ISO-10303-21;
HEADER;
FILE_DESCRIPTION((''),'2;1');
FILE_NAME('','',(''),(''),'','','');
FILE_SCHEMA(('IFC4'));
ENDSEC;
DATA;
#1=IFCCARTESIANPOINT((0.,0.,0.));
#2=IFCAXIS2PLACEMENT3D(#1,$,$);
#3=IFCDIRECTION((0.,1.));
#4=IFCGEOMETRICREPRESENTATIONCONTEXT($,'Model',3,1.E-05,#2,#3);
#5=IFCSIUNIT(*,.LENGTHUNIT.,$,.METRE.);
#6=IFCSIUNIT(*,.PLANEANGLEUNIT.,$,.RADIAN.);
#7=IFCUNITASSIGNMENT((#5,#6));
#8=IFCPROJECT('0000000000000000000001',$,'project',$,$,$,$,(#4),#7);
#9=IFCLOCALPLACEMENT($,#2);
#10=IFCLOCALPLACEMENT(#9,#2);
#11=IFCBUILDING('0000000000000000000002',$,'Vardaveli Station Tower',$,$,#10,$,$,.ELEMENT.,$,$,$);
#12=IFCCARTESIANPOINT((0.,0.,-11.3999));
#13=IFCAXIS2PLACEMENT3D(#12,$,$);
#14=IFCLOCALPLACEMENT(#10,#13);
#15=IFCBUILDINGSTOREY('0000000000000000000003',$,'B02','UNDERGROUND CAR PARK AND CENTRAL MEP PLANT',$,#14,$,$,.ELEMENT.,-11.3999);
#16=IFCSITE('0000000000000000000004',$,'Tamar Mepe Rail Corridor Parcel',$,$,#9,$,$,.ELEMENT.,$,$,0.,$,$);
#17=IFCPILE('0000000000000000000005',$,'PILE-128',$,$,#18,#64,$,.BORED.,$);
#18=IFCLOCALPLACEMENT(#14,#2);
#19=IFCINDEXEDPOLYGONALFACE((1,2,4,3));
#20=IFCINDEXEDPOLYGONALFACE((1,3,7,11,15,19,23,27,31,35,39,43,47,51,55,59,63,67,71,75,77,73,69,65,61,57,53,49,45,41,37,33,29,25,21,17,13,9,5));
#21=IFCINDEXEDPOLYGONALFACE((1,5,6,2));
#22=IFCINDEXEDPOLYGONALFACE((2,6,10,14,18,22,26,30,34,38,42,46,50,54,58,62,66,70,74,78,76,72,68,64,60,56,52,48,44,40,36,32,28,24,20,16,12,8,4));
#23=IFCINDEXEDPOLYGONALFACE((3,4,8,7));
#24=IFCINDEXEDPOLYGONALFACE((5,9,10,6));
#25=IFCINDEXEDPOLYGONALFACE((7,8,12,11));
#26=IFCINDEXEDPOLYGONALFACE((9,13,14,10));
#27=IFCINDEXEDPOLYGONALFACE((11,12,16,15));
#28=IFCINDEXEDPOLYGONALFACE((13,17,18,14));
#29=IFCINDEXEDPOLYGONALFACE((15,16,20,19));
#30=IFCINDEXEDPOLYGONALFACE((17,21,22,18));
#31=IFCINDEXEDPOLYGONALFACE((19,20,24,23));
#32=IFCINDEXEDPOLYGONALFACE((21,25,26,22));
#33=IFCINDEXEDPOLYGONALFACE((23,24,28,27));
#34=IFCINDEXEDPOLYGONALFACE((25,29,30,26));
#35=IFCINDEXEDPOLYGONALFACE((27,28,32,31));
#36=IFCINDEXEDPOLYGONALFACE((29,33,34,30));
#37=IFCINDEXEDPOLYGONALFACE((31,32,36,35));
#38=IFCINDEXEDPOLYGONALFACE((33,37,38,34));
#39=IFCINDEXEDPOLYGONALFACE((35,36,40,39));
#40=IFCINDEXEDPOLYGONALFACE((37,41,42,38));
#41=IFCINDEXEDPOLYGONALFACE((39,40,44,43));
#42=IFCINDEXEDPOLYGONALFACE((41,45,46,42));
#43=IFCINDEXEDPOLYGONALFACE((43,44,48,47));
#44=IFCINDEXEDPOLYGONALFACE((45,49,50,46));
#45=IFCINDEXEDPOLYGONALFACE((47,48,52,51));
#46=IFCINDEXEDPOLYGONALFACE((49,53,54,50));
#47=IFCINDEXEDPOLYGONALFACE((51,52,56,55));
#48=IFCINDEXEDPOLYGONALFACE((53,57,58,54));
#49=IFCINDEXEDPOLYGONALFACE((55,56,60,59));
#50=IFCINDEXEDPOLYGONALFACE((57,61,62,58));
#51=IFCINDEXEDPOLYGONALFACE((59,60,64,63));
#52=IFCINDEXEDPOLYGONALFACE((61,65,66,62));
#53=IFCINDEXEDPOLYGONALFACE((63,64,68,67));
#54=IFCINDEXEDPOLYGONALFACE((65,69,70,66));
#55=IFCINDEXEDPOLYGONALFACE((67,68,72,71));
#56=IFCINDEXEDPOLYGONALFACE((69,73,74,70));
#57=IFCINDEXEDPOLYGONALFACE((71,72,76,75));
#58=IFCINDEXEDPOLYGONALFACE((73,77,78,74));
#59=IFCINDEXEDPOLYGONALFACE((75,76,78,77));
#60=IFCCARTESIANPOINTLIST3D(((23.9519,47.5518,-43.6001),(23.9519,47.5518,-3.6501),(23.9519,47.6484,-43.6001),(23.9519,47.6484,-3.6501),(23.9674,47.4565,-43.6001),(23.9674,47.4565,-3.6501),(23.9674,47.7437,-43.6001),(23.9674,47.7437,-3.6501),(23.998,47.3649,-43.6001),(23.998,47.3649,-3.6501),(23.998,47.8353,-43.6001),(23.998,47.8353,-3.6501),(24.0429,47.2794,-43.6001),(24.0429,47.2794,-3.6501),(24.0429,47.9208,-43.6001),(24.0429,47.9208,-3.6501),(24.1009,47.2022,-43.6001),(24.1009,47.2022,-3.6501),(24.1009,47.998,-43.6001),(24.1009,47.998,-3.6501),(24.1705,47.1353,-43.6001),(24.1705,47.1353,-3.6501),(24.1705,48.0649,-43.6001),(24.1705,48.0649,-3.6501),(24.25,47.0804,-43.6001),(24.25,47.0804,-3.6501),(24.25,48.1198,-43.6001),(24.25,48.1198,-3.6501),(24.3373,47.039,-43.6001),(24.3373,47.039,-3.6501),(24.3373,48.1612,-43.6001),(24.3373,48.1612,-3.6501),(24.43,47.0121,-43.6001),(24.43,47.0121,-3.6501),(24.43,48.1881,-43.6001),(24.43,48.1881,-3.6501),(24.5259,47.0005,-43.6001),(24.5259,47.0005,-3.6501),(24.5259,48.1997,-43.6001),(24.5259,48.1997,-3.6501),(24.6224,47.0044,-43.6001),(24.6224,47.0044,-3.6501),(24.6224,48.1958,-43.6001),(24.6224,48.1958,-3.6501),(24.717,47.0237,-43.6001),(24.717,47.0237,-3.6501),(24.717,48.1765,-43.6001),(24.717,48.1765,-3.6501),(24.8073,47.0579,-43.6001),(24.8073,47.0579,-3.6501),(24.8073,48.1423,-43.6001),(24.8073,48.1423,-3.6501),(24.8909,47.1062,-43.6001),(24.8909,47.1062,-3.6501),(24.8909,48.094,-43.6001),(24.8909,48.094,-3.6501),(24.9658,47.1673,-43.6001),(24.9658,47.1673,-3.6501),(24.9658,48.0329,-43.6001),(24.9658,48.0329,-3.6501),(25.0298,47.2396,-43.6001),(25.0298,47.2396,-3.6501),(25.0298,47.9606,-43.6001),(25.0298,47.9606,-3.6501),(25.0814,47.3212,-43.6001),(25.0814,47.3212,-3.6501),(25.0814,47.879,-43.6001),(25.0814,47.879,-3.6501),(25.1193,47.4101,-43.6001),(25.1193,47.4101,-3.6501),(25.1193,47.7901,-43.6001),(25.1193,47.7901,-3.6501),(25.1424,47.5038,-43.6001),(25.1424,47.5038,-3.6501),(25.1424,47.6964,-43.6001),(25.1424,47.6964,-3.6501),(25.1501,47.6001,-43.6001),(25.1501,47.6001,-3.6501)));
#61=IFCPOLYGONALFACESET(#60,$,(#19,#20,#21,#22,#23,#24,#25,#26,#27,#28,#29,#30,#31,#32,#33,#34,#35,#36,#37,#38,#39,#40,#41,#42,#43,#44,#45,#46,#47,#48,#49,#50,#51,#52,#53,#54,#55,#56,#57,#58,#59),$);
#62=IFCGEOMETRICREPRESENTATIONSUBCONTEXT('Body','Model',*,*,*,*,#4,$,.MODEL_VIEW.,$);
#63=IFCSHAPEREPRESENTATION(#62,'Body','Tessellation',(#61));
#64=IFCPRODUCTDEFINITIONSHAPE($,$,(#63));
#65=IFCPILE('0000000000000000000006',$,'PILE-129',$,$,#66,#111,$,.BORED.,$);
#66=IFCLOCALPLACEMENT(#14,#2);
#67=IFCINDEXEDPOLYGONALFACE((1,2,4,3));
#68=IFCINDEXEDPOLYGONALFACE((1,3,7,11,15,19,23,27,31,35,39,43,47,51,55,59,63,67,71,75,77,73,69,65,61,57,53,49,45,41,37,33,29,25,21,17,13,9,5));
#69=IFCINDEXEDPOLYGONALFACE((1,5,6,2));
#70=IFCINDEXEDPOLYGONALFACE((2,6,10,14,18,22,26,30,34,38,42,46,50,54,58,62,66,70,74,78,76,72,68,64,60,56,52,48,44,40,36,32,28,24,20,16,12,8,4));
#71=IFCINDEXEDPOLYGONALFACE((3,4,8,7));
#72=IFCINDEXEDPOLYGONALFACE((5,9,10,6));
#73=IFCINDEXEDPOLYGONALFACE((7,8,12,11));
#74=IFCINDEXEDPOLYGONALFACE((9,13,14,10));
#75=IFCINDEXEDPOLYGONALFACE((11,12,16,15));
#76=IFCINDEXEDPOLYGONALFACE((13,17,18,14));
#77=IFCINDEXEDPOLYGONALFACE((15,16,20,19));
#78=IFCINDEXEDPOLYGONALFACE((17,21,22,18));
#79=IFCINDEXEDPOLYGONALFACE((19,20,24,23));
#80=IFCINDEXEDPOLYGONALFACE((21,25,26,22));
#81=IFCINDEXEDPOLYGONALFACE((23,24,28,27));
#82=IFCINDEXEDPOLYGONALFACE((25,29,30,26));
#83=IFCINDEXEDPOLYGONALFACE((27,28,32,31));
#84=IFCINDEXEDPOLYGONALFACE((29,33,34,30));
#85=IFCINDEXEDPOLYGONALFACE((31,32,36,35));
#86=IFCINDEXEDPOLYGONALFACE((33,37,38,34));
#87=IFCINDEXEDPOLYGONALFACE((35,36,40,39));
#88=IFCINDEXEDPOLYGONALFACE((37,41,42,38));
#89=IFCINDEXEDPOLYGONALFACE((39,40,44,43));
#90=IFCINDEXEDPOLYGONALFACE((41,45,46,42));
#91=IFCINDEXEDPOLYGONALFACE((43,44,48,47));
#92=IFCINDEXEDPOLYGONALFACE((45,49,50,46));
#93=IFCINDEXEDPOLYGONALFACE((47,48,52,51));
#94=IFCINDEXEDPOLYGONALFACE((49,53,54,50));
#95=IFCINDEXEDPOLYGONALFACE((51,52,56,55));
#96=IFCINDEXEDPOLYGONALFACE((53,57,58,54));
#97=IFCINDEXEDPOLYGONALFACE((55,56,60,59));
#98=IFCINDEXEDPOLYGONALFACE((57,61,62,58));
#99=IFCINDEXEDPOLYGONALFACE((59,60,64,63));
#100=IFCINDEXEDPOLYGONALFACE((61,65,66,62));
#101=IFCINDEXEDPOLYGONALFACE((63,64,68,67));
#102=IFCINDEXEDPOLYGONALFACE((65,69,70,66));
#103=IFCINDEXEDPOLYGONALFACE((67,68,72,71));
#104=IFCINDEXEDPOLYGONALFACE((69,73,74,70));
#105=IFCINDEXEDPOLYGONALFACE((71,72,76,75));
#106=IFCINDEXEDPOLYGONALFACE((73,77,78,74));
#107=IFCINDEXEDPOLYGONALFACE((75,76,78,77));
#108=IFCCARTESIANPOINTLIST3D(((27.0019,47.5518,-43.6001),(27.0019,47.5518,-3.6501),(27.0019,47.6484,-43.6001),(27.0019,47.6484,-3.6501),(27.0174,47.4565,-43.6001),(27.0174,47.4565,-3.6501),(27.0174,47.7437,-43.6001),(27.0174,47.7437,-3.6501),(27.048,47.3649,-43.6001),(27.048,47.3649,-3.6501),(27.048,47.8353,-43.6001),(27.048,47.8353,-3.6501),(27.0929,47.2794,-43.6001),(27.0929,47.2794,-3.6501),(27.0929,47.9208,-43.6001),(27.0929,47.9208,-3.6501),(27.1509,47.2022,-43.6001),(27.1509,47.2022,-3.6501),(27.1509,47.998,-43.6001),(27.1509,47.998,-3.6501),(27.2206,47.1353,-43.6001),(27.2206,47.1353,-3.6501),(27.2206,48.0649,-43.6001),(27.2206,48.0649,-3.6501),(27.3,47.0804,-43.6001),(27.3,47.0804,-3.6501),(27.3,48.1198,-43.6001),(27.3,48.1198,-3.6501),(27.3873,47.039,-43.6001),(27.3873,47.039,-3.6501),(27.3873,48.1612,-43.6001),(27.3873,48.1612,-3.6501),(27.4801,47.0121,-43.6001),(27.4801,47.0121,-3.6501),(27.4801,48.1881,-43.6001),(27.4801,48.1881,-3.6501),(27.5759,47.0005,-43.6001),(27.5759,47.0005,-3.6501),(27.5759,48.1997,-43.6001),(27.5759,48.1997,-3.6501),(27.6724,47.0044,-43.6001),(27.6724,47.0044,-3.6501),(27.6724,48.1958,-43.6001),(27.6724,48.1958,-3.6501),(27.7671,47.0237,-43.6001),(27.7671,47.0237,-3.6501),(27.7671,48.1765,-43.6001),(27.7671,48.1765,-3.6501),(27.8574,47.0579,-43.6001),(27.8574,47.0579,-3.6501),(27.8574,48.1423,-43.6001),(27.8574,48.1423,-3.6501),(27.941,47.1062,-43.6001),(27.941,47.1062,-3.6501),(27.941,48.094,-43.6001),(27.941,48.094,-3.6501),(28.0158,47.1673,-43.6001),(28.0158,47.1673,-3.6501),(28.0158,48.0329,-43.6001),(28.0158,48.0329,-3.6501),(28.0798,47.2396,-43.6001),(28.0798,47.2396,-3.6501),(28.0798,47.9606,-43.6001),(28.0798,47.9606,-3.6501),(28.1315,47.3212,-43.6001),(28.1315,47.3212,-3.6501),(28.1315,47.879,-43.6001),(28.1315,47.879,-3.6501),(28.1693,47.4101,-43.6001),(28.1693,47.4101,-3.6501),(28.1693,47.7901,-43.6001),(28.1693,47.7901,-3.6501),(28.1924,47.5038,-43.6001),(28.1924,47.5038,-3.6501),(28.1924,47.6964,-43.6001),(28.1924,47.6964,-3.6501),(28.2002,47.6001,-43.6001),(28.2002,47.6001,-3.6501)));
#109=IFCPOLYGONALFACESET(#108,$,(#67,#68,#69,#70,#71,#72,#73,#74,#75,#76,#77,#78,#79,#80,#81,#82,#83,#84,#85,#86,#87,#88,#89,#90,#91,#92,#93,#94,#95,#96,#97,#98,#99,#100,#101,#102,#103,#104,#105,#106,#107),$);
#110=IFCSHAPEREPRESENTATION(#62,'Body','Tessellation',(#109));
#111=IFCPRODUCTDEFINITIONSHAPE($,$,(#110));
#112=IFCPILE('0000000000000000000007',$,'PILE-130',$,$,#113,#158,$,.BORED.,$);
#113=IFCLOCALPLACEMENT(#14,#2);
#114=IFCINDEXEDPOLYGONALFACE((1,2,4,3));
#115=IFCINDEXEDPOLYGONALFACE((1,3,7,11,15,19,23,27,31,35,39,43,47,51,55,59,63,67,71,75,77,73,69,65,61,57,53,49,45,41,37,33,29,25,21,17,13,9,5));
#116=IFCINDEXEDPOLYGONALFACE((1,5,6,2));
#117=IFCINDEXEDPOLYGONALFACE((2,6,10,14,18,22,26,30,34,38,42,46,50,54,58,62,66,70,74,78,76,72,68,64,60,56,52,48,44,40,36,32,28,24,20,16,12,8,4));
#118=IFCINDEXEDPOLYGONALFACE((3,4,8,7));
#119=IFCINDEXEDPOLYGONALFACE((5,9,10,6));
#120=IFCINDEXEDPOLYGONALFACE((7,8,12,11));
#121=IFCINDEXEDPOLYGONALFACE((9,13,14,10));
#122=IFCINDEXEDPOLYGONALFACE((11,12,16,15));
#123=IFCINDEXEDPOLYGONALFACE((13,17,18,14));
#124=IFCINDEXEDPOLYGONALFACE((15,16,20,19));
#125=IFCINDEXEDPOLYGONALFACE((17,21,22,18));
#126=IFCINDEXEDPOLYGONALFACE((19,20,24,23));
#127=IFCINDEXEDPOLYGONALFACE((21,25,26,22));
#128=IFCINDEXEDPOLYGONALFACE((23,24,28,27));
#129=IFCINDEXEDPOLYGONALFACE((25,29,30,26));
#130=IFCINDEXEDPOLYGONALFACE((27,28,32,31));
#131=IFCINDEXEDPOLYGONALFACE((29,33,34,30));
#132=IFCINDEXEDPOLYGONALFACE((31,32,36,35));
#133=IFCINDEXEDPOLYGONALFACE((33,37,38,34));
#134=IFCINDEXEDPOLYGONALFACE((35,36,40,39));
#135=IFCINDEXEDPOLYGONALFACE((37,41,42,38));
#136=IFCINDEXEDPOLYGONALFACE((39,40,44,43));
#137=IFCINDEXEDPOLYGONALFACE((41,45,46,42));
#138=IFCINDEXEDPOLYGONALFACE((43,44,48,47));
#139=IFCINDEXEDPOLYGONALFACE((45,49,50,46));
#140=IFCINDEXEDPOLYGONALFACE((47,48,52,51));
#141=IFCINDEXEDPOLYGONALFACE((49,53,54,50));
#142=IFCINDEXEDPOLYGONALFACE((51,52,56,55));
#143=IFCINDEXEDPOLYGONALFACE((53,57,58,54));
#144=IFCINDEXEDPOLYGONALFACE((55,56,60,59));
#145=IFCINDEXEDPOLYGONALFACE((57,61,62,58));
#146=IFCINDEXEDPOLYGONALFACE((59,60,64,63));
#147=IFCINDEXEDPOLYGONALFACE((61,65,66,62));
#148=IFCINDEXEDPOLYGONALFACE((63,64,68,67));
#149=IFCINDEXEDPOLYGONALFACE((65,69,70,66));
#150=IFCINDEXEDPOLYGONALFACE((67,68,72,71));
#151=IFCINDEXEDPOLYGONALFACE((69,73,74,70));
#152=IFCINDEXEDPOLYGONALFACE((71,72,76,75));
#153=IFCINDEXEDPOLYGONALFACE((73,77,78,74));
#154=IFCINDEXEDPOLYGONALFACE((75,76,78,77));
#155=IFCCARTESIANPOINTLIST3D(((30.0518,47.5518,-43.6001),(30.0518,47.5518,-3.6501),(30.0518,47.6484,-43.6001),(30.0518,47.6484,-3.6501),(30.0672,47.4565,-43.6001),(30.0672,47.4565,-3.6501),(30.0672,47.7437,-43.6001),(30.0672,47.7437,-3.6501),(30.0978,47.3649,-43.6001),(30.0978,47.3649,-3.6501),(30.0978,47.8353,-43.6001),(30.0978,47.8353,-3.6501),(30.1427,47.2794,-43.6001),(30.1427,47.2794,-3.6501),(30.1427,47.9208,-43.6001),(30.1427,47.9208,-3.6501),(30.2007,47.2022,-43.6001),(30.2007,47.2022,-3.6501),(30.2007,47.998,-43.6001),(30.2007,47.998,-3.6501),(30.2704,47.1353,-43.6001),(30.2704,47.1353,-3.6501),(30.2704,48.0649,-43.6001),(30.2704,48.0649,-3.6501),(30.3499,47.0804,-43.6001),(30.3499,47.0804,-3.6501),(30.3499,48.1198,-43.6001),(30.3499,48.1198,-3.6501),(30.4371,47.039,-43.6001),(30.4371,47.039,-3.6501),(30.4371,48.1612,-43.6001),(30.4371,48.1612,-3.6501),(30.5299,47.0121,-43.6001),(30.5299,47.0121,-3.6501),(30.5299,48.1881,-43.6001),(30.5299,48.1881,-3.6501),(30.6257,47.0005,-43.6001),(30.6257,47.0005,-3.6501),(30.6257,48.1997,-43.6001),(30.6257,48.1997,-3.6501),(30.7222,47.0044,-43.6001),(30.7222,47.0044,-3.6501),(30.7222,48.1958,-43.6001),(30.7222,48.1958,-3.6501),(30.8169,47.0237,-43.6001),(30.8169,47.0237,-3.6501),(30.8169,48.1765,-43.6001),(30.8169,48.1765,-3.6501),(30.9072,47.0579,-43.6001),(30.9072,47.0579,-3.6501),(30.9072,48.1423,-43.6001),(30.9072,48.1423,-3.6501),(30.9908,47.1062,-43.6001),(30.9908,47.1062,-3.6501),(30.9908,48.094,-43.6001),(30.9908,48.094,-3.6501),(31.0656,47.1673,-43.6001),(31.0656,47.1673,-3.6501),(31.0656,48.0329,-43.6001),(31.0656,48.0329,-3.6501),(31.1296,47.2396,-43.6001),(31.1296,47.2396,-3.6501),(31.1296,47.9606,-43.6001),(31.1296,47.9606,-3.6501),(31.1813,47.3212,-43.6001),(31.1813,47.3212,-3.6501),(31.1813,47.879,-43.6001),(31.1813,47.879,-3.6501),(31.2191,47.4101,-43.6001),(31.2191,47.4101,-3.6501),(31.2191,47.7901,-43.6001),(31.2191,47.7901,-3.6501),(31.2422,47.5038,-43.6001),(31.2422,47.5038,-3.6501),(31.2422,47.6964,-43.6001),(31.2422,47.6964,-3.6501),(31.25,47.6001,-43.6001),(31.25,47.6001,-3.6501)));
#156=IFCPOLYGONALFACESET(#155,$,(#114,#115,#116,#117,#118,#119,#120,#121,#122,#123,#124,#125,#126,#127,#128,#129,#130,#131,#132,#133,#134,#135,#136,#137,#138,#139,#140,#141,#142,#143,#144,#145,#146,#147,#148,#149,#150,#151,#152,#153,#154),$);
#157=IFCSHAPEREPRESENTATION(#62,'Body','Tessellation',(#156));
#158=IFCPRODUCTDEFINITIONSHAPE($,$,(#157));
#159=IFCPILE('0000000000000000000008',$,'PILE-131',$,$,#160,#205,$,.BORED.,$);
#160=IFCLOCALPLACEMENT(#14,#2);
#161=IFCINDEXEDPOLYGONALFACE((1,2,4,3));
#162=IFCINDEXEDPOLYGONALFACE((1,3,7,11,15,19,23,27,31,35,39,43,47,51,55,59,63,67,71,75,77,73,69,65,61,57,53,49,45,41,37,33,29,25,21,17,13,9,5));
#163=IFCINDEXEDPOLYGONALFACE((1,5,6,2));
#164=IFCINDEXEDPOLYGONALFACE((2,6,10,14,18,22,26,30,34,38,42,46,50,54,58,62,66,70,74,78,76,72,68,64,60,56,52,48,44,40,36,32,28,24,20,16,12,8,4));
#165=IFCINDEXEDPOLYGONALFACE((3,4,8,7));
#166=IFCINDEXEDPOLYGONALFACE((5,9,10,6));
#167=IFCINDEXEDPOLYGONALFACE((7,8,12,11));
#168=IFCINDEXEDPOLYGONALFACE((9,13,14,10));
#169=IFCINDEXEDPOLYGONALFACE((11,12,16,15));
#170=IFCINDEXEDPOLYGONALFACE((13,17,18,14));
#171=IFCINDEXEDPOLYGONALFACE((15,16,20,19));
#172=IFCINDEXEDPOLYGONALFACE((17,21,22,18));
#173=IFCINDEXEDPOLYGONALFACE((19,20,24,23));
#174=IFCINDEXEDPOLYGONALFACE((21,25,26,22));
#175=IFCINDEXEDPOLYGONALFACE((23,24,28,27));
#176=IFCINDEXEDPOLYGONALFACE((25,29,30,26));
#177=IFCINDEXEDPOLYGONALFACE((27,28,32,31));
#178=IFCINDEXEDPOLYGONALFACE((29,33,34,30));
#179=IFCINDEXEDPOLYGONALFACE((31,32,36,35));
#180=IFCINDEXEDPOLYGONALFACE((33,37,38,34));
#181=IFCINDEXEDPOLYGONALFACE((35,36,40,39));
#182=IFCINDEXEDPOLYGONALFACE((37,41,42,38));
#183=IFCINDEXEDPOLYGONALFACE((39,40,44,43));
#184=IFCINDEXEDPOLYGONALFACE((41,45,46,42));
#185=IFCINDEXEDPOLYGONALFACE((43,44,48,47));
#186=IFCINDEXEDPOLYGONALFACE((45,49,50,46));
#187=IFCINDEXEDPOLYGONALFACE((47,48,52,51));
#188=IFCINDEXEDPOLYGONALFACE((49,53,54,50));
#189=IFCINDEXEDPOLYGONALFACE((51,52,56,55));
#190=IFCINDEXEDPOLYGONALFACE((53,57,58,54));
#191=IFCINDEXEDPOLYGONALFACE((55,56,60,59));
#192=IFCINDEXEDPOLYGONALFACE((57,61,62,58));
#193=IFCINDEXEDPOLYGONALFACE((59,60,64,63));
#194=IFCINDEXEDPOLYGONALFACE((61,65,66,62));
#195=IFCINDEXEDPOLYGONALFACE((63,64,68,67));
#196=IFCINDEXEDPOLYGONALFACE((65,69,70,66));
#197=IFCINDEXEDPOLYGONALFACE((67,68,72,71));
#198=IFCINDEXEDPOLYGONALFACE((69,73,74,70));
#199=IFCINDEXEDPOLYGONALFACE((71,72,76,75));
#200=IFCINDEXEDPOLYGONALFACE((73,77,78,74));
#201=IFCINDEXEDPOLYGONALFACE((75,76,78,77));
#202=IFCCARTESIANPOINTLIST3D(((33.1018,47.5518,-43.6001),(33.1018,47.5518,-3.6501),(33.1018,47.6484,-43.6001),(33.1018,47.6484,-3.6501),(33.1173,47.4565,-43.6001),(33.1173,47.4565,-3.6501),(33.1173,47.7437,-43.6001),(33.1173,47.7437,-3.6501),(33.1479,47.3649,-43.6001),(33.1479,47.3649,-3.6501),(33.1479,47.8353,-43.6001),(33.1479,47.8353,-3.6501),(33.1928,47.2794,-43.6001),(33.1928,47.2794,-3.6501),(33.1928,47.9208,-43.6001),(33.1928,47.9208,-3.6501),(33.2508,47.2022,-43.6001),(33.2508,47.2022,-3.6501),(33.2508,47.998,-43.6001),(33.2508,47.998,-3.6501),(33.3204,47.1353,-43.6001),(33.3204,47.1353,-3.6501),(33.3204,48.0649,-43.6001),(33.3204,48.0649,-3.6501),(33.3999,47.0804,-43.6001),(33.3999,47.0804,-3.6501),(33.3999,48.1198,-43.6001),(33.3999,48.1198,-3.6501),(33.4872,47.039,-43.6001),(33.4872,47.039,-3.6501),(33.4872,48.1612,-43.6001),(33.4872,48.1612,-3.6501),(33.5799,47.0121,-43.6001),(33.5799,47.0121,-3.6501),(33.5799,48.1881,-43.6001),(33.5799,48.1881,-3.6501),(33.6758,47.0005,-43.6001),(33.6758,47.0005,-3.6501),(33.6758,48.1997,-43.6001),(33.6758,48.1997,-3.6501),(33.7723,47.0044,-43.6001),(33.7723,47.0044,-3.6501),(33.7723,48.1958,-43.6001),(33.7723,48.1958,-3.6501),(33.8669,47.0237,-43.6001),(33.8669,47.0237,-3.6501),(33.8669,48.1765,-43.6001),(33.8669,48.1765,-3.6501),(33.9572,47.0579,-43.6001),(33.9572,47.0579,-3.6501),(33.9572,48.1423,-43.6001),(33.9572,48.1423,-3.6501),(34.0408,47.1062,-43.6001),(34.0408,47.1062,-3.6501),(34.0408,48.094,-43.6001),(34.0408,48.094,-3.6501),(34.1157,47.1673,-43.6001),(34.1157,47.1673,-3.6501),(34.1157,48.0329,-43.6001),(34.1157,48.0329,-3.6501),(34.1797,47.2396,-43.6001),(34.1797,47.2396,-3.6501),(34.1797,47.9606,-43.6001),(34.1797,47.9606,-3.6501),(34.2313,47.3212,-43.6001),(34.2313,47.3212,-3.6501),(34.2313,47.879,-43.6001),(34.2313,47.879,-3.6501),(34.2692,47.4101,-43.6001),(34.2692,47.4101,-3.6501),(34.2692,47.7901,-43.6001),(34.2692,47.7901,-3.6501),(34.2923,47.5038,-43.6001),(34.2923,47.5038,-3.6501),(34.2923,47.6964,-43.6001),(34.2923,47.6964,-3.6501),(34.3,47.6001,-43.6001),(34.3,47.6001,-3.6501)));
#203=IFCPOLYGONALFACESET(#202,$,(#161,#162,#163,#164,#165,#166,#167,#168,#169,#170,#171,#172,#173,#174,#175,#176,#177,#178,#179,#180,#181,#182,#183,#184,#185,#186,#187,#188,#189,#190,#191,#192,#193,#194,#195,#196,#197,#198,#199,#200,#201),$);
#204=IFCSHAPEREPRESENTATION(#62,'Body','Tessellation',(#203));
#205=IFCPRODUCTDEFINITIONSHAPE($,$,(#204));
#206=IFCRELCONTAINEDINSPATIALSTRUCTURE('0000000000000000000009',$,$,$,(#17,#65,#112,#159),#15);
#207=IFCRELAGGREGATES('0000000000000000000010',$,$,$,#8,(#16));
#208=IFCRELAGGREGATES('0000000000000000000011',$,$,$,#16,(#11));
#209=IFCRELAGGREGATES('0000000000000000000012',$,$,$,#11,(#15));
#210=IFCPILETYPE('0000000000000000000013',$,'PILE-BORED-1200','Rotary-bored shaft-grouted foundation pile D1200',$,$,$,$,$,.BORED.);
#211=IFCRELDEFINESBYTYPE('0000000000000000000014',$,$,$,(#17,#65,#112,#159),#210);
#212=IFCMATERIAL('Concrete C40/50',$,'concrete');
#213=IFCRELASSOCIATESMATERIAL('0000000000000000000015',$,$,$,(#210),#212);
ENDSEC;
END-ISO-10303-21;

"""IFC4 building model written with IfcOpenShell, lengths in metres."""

from ifc_helpers import new_model, si_unit, direction, frame, origin, origin_2d, place, context, subcontext, project, spatial, circle, extrude, source, transform, mapped, material, material_profile, profile_set, type_object, element, save


model = new_model("IFC4")

# Units and contexts
model_context = context("Model", 3, precision=1e-05, world=origin(), true_north=direction((0.0, 1.0)))
body_context = subcontext(model_context, "Body", "Model", "MODEL_VIEW")
ifc_project = project(units=[si_unit("LENGTHUNIT", "METRE"), si_unit("PLANEANGLEUNIT", "RADIAN")], contexts=[model_context])

# Site, building, storey
site_placement = place(None, origin())
site = spatial("IfcSite", under=ifc_project, at=site_placement, Name="Tamar Mepe Rail Corridor Parcel", CompositionType="ELEMENT", RefElevation=0.0)
building_placement = place(site_placement, origin())
building = spatial("IfcBuilding", under=site, at=building_placement, Name="Vardaveli Station Tower", CompositionType="ELEMENT")
storey_placement = place(building_placement, frame((0.0, 0.0, -11.3999)))
storey = spatial("IfcBuildingStorey", under=building, at=storey_placement, Name="B02", Description="UNDERGROUND CAR PARK AND CENTRAL MEP PLANT", CompositionType="ELEMENT", Elevation=-11.3999)

# Piles
ifc_material_1 = material(Name="Concrete C40/50", Category="concrete")
ifc_material_profile_1 = material_profile(ifc_material_1, circle(Radius=0.6001, at=origin_2d()), Name="PILE D1200")
ifc_profile_set_1 = profile_set([ifc_material_profile_1], Name="Concrete C40/50")
pile_type_1 = type_object("IfcPileType", Name="PILE-BORED-1200", Description="Rotary-bored shaft-grouted foundation pile D1200", PredefinedType="BORED", material=ifc_profile_set_1)
shared_shape_1 = source(origin(), body_context, "Body", "SweptSolid", [
    extrude(circle(Radius=0.6001, at=origin_2d()), origin(), (0.0, 0.0, 1.0), 39.95),
])
for number, where, z_axis, x_axis, name in (
    (1, (24.55, 47.6001, -3.6501), (0.0, 0.0, -1.0), (1.0, 0.0, 0.0), "PILE-128"),
    (2, (27.6001, 47.6001, -3.6501), (0.0, 0.0, -1.0), (1.0, 0.0, 0.0), "PILE-129"),
    (3, (30.6499, 47.6001, -3.6501), (0.0, 0.0, -1.0), (1.0, 0.0, 0.0), "PILE-130"),
    (4, (33.7, 47.6001, -3.6501), (0.0, 0.0, -1.0), (1.0, 0.0, 0.0), "PILE-131"),
):
    element("IfcPile", number, at=place(storey_placement, frame(where, z_axis=z_axis, x_axis=x_axis)), inside=storey, type_object=pile_type_1, Name=name, PredefinedType="BORED", context=body_context, shape_type="MappedRepresentation", body=[
        mapped(shared_shape_1, transform((0.0, 0.0, 0.0), scale=1.0)),
    ])

save(model, "model.ifc")
